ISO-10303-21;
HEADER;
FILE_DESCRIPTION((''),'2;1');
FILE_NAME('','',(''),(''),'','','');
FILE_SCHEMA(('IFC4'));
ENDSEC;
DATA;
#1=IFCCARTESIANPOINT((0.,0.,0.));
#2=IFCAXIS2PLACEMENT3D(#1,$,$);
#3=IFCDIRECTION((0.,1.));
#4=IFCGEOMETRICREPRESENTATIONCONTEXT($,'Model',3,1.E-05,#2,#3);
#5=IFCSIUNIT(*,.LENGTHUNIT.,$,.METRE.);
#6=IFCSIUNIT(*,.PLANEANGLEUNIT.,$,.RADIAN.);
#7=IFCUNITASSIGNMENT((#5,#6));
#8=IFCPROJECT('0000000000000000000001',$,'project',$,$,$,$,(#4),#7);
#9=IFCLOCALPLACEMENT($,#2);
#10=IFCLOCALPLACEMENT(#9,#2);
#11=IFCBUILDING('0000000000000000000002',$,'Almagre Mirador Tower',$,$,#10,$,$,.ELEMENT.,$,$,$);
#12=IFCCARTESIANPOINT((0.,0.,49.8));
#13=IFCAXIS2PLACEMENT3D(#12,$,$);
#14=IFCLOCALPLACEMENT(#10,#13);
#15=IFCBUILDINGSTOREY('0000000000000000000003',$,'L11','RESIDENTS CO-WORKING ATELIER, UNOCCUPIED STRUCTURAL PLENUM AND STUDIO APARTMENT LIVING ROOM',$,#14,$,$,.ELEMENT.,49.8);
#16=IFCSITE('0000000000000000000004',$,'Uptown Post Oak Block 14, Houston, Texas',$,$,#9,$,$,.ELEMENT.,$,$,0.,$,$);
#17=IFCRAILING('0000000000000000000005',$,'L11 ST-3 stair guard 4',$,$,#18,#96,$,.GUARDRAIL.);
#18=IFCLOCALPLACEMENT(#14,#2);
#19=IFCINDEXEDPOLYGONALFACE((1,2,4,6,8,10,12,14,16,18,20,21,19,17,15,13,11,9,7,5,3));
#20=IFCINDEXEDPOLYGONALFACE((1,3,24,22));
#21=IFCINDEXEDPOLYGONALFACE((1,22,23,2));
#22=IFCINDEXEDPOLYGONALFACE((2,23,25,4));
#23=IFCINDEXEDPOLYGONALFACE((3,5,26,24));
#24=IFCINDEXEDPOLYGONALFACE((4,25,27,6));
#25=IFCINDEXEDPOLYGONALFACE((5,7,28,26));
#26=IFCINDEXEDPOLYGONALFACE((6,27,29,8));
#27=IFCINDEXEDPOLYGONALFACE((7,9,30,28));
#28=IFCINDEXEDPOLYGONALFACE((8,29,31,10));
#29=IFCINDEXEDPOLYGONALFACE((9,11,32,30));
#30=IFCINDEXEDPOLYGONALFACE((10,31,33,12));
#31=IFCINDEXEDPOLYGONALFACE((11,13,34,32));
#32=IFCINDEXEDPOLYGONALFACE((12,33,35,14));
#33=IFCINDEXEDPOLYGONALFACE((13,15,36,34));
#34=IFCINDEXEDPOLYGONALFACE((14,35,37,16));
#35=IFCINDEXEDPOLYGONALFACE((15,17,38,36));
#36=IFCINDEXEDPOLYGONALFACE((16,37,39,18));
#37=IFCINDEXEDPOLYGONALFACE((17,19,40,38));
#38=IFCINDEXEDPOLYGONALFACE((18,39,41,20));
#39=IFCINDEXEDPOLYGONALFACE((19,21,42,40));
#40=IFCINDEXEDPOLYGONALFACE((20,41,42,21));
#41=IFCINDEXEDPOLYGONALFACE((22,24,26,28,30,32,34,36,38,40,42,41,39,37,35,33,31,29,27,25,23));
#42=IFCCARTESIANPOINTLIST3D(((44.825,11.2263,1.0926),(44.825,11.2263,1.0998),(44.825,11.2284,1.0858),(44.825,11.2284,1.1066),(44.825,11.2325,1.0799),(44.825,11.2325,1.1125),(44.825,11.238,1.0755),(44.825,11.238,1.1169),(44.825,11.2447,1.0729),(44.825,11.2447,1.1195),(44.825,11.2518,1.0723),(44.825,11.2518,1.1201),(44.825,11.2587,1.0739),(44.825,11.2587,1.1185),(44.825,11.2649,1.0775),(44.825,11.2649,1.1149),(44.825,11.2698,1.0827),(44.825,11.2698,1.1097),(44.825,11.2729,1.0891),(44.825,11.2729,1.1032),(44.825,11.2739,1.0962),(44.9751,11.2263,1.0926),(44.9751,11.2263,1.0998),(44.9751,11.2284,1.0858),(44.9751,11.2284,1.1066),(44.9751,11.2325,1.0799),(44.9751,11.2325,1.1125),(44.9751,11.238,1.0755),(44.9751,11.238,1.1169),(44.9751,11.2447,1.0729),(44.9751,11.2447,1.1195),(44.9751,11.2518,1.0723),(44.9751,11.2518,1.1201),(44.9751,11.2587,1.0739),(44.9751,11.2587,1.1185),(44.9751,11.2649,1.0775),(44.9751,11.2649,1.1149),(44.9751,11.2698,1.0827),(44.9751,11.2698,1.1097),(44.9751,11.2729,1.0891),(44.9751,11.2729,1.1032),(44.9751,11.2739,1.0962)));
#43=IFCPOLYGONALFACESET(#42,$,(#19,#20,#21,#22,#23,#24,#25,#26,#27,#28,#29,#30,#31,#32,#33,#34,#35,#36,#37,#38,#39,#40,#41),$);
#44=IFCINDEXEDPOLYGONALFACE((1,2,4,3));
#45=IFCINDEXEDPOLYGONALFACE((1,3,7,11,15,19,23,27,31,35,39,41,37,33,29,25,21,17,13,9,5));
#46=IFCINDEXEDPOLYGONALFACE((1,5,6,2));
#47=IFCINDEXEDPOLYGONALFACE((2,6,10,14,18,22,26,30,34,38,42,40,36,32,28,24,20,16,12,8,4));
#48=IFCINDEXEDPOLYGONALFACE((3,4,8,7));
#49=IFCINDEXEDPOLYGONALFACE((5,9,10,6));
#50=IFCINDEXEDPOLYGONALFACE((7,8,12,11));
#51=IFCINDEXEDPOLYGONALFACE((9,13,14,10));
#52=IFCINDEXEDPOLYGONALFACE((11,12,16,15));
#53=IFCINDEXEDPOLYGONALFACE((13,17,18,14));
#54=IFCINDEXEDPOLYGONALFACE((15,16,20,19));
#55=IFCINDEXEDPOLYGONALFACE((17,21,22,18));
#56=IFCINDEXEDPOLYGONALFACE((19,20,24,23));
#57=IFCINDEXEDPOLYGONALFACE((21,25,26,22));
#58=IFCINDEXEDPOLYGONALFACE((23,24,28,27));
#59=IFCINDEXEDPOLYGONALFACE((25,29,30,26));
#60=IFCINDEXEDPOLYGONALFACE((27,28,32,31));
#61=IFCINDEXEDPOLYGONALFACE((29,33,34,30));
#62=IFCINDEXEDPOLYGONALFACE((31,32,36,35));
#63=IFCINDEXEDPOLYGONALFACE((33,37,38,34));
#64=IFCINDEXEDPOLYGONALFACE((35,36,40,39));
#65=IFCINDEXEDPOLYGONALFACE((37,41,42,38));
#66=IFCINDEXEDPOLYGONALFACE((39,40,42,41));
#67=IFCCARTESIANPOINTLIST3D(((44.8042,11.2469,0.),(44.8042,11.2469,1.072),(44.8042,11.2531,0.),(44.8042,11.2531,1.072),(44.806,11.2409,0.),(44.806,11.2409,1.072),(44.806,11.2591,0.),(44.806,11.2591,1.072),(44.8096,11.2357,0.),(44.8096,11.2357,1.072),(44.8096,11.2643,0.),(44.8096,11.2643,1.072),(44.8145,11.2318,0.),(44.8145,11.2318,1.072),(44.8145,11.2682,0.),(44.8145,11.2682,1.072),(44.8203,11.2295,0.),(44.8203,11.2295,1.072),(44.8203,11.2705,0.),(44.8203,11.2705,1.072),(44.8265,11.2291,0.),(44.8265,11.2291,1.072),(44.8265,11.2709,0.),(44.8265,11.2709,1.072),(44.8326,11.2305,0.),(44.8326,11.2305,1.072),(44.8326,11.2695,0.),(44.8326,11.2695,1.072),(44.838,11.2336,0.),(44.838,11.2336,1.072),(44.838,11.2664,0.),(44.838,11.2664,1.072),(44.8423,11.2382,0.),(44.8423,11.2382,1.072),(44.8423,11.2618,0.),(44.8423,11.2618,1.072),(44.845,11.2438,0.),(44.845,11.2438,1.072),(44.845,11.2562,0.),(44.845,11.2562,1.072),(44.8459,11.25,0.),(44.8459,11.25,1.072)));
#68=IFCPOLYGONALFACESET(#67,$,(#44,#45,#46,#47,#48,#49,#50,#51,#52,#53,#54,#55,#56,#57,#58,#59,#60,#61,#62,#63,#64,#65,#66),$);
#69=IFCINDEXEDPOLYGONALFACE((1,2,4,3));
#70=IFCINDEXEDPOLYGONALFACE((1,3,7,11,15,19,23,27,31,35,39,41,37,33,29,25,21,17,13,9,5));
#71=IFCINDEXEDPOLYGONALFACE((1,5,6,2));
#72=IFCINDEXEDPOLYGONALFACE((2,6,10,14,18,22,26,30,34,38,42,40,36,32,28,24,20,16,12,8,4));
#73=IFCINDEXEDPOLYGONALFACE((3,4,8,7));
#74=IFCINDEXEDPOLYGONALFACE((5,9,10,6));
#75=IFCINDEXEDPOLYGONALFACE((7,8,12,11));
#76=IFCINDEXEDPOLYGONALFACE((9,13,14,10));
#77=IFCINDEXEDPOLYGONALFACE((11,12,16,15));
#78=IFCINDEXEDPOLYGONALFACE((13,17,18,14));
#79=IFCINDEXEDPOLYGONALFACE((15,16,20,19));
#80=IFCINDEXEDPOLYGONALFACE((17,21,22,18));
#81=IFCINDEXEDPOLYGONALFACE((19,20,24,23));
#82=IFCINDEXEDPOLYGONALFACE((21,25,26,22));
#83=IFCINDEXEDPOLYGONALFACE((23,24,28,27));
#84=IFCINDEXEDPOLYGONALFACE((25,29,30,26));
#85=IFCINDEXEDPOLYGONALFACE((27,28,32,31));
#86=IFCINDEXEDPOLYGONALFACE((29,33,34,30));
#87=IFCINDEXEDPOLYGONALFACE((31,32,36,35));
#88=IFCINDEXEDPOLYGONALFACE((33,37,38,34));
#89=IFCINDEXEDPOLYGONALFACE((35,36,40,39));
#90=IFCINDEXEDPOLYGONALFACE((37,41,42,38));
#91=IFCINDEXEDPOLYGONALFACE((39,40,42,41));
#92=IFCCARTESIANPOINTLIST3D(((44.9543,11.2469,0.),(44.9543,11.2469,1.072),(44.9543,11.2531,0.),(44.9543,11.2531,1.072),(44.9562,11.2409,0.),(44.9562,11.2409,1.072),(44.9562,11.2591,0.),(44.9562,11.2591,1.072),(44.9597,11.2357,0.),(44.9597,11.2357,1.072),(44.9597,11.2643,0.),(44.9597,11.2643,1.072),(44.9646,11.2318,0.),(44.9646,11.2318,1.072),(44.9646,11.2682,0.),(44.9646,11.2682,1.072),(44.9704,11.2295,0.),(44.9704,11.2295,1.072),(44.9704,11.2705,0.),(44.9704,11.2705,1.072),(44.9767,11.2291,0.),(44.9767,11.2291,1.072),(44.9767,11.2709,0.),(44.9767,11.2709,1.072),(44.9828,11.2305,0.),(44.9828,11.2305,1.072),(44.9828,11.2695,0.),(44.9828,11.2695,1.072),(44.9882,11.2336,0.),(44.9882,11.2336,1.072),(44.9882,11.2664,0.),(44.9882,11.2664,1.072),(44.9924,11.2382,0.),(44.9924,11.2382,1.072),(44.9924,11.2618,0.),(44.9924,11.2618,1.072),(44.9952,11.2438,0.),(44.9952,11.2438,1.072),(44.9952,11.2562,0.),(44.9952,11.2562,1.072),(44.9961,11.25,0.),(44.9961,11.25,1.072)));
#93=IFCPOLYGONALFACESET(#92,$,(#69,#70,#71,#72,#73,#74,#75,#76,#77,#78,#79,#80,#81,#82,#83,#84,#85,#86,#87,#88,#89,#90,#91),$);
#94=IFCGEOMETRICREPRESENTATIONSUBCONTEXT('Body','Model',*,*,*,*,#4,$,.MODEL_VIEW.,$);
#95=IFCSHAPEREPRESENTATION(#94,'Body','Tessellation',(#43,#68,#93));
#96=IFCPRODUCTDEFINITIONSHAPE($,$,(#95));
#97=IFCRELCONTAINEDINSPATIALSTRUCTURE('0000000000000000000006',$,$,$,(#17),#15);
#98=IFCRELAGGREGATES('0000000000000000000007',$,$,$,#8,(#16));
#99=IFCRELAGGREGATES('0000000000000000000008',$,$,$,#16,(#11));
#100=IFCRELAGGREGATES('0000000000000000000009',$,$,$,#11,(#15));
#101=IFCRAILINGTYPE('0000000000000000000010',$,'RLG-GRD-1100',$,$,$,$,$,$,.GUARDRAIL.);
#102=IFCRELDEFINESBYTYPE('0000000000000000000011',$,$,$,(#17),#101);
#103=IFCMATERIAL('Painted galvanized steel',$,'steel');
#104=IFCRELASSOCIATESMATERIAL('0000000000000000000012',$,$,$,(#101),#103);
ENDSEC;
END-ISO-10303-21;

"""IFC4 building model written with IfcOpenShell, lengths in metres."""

from ifc_helpers import new_model, si_unit, direction, frame, origin, origin_2d, place, context, subcontext, project, spatial, circle, extrude, material, type_object, element, save


model = new_model("IFC4")

# Units and contexts
model_context = context("Model", 3, precision=1e-05, world=origin(), true_north=direction((0.0, 1.0)))
body_context = subcontext(model_context, "Body", "Model", "MODEL_VIEW")
ifc_project = project(units=[si_unit("LENGTHUNIT", "METRE"), si_unit("PLANEANGLEUNIT", "RADIAN")], contexts=[model_context])

# Site, building, storey
site_placement = place(None, origin())
site = spatial("IfcSite", under=ifc_project, at=site_placement, Name="Uptown Post Oak Block 14, Houston, Texas", CompositionType="ELEMENT", RefElevation=0.0)
building_placement = place(site_placement, origin())
building = spatial("IfcBuilding", under=site, at=building_placement, Name="Almagre Mirador Tower", CompositionType="ELEMENT")
storey_placement = place(building_placement, frame((0.0, 0.0, 49.8)))
storey = spatial("IfcBuildingStorey", under=building, at=storey_placement, Name="L11", Description="RESIDENTS CO-WORKING ATELIER, UNOCCUPIED STRUCTURAL PLENUM AND STUDIO APARTMENT LIVING ROOM", CompositionType="ELEMENT", Elevation=49.8)

# Railing
ifc_material_1 = material(Name="Painted galvanized steel", Category="steel")
railing_type_1 = type_object("IfcRailingType", Name="RLG-GRD-1100", PredefinedType="GUARDRAIL", material=ifc_material_1)
railing_1_placement = place(storey_placement, frame((44.825, 11.25, 0.0)))
element("IfcRailing", 1, at=railing_1_placement, inside=storey, type_object=railing_type_1, Name="L11 ST-3 stair guard 4", PredefinedType="GUARDRAIL", context=body_context, shape_type="SweptSolid", body=[
    extrude(circle(Radius=0.0239, at=origin_2d()), frame((0.0, 0.0, 1.0962), z_axis=(1.0, 0.0, 0.0), x_axis=(0.0, 1.0, 0.0)), (0.0, 0.0, 1.0), 0.1501),
    extrude(circle(Radius=0.021, at=origin_2d()), origin(), (0.0, 0.0, 1.0), 1.072),
    extrude(circle(Radius=0.021, at=origin_2d()), frame((0.1501, 0.0, 0.0)), (0.0, 0.0, 1.0), 1.072),
])

save(model, "model.ifc")
